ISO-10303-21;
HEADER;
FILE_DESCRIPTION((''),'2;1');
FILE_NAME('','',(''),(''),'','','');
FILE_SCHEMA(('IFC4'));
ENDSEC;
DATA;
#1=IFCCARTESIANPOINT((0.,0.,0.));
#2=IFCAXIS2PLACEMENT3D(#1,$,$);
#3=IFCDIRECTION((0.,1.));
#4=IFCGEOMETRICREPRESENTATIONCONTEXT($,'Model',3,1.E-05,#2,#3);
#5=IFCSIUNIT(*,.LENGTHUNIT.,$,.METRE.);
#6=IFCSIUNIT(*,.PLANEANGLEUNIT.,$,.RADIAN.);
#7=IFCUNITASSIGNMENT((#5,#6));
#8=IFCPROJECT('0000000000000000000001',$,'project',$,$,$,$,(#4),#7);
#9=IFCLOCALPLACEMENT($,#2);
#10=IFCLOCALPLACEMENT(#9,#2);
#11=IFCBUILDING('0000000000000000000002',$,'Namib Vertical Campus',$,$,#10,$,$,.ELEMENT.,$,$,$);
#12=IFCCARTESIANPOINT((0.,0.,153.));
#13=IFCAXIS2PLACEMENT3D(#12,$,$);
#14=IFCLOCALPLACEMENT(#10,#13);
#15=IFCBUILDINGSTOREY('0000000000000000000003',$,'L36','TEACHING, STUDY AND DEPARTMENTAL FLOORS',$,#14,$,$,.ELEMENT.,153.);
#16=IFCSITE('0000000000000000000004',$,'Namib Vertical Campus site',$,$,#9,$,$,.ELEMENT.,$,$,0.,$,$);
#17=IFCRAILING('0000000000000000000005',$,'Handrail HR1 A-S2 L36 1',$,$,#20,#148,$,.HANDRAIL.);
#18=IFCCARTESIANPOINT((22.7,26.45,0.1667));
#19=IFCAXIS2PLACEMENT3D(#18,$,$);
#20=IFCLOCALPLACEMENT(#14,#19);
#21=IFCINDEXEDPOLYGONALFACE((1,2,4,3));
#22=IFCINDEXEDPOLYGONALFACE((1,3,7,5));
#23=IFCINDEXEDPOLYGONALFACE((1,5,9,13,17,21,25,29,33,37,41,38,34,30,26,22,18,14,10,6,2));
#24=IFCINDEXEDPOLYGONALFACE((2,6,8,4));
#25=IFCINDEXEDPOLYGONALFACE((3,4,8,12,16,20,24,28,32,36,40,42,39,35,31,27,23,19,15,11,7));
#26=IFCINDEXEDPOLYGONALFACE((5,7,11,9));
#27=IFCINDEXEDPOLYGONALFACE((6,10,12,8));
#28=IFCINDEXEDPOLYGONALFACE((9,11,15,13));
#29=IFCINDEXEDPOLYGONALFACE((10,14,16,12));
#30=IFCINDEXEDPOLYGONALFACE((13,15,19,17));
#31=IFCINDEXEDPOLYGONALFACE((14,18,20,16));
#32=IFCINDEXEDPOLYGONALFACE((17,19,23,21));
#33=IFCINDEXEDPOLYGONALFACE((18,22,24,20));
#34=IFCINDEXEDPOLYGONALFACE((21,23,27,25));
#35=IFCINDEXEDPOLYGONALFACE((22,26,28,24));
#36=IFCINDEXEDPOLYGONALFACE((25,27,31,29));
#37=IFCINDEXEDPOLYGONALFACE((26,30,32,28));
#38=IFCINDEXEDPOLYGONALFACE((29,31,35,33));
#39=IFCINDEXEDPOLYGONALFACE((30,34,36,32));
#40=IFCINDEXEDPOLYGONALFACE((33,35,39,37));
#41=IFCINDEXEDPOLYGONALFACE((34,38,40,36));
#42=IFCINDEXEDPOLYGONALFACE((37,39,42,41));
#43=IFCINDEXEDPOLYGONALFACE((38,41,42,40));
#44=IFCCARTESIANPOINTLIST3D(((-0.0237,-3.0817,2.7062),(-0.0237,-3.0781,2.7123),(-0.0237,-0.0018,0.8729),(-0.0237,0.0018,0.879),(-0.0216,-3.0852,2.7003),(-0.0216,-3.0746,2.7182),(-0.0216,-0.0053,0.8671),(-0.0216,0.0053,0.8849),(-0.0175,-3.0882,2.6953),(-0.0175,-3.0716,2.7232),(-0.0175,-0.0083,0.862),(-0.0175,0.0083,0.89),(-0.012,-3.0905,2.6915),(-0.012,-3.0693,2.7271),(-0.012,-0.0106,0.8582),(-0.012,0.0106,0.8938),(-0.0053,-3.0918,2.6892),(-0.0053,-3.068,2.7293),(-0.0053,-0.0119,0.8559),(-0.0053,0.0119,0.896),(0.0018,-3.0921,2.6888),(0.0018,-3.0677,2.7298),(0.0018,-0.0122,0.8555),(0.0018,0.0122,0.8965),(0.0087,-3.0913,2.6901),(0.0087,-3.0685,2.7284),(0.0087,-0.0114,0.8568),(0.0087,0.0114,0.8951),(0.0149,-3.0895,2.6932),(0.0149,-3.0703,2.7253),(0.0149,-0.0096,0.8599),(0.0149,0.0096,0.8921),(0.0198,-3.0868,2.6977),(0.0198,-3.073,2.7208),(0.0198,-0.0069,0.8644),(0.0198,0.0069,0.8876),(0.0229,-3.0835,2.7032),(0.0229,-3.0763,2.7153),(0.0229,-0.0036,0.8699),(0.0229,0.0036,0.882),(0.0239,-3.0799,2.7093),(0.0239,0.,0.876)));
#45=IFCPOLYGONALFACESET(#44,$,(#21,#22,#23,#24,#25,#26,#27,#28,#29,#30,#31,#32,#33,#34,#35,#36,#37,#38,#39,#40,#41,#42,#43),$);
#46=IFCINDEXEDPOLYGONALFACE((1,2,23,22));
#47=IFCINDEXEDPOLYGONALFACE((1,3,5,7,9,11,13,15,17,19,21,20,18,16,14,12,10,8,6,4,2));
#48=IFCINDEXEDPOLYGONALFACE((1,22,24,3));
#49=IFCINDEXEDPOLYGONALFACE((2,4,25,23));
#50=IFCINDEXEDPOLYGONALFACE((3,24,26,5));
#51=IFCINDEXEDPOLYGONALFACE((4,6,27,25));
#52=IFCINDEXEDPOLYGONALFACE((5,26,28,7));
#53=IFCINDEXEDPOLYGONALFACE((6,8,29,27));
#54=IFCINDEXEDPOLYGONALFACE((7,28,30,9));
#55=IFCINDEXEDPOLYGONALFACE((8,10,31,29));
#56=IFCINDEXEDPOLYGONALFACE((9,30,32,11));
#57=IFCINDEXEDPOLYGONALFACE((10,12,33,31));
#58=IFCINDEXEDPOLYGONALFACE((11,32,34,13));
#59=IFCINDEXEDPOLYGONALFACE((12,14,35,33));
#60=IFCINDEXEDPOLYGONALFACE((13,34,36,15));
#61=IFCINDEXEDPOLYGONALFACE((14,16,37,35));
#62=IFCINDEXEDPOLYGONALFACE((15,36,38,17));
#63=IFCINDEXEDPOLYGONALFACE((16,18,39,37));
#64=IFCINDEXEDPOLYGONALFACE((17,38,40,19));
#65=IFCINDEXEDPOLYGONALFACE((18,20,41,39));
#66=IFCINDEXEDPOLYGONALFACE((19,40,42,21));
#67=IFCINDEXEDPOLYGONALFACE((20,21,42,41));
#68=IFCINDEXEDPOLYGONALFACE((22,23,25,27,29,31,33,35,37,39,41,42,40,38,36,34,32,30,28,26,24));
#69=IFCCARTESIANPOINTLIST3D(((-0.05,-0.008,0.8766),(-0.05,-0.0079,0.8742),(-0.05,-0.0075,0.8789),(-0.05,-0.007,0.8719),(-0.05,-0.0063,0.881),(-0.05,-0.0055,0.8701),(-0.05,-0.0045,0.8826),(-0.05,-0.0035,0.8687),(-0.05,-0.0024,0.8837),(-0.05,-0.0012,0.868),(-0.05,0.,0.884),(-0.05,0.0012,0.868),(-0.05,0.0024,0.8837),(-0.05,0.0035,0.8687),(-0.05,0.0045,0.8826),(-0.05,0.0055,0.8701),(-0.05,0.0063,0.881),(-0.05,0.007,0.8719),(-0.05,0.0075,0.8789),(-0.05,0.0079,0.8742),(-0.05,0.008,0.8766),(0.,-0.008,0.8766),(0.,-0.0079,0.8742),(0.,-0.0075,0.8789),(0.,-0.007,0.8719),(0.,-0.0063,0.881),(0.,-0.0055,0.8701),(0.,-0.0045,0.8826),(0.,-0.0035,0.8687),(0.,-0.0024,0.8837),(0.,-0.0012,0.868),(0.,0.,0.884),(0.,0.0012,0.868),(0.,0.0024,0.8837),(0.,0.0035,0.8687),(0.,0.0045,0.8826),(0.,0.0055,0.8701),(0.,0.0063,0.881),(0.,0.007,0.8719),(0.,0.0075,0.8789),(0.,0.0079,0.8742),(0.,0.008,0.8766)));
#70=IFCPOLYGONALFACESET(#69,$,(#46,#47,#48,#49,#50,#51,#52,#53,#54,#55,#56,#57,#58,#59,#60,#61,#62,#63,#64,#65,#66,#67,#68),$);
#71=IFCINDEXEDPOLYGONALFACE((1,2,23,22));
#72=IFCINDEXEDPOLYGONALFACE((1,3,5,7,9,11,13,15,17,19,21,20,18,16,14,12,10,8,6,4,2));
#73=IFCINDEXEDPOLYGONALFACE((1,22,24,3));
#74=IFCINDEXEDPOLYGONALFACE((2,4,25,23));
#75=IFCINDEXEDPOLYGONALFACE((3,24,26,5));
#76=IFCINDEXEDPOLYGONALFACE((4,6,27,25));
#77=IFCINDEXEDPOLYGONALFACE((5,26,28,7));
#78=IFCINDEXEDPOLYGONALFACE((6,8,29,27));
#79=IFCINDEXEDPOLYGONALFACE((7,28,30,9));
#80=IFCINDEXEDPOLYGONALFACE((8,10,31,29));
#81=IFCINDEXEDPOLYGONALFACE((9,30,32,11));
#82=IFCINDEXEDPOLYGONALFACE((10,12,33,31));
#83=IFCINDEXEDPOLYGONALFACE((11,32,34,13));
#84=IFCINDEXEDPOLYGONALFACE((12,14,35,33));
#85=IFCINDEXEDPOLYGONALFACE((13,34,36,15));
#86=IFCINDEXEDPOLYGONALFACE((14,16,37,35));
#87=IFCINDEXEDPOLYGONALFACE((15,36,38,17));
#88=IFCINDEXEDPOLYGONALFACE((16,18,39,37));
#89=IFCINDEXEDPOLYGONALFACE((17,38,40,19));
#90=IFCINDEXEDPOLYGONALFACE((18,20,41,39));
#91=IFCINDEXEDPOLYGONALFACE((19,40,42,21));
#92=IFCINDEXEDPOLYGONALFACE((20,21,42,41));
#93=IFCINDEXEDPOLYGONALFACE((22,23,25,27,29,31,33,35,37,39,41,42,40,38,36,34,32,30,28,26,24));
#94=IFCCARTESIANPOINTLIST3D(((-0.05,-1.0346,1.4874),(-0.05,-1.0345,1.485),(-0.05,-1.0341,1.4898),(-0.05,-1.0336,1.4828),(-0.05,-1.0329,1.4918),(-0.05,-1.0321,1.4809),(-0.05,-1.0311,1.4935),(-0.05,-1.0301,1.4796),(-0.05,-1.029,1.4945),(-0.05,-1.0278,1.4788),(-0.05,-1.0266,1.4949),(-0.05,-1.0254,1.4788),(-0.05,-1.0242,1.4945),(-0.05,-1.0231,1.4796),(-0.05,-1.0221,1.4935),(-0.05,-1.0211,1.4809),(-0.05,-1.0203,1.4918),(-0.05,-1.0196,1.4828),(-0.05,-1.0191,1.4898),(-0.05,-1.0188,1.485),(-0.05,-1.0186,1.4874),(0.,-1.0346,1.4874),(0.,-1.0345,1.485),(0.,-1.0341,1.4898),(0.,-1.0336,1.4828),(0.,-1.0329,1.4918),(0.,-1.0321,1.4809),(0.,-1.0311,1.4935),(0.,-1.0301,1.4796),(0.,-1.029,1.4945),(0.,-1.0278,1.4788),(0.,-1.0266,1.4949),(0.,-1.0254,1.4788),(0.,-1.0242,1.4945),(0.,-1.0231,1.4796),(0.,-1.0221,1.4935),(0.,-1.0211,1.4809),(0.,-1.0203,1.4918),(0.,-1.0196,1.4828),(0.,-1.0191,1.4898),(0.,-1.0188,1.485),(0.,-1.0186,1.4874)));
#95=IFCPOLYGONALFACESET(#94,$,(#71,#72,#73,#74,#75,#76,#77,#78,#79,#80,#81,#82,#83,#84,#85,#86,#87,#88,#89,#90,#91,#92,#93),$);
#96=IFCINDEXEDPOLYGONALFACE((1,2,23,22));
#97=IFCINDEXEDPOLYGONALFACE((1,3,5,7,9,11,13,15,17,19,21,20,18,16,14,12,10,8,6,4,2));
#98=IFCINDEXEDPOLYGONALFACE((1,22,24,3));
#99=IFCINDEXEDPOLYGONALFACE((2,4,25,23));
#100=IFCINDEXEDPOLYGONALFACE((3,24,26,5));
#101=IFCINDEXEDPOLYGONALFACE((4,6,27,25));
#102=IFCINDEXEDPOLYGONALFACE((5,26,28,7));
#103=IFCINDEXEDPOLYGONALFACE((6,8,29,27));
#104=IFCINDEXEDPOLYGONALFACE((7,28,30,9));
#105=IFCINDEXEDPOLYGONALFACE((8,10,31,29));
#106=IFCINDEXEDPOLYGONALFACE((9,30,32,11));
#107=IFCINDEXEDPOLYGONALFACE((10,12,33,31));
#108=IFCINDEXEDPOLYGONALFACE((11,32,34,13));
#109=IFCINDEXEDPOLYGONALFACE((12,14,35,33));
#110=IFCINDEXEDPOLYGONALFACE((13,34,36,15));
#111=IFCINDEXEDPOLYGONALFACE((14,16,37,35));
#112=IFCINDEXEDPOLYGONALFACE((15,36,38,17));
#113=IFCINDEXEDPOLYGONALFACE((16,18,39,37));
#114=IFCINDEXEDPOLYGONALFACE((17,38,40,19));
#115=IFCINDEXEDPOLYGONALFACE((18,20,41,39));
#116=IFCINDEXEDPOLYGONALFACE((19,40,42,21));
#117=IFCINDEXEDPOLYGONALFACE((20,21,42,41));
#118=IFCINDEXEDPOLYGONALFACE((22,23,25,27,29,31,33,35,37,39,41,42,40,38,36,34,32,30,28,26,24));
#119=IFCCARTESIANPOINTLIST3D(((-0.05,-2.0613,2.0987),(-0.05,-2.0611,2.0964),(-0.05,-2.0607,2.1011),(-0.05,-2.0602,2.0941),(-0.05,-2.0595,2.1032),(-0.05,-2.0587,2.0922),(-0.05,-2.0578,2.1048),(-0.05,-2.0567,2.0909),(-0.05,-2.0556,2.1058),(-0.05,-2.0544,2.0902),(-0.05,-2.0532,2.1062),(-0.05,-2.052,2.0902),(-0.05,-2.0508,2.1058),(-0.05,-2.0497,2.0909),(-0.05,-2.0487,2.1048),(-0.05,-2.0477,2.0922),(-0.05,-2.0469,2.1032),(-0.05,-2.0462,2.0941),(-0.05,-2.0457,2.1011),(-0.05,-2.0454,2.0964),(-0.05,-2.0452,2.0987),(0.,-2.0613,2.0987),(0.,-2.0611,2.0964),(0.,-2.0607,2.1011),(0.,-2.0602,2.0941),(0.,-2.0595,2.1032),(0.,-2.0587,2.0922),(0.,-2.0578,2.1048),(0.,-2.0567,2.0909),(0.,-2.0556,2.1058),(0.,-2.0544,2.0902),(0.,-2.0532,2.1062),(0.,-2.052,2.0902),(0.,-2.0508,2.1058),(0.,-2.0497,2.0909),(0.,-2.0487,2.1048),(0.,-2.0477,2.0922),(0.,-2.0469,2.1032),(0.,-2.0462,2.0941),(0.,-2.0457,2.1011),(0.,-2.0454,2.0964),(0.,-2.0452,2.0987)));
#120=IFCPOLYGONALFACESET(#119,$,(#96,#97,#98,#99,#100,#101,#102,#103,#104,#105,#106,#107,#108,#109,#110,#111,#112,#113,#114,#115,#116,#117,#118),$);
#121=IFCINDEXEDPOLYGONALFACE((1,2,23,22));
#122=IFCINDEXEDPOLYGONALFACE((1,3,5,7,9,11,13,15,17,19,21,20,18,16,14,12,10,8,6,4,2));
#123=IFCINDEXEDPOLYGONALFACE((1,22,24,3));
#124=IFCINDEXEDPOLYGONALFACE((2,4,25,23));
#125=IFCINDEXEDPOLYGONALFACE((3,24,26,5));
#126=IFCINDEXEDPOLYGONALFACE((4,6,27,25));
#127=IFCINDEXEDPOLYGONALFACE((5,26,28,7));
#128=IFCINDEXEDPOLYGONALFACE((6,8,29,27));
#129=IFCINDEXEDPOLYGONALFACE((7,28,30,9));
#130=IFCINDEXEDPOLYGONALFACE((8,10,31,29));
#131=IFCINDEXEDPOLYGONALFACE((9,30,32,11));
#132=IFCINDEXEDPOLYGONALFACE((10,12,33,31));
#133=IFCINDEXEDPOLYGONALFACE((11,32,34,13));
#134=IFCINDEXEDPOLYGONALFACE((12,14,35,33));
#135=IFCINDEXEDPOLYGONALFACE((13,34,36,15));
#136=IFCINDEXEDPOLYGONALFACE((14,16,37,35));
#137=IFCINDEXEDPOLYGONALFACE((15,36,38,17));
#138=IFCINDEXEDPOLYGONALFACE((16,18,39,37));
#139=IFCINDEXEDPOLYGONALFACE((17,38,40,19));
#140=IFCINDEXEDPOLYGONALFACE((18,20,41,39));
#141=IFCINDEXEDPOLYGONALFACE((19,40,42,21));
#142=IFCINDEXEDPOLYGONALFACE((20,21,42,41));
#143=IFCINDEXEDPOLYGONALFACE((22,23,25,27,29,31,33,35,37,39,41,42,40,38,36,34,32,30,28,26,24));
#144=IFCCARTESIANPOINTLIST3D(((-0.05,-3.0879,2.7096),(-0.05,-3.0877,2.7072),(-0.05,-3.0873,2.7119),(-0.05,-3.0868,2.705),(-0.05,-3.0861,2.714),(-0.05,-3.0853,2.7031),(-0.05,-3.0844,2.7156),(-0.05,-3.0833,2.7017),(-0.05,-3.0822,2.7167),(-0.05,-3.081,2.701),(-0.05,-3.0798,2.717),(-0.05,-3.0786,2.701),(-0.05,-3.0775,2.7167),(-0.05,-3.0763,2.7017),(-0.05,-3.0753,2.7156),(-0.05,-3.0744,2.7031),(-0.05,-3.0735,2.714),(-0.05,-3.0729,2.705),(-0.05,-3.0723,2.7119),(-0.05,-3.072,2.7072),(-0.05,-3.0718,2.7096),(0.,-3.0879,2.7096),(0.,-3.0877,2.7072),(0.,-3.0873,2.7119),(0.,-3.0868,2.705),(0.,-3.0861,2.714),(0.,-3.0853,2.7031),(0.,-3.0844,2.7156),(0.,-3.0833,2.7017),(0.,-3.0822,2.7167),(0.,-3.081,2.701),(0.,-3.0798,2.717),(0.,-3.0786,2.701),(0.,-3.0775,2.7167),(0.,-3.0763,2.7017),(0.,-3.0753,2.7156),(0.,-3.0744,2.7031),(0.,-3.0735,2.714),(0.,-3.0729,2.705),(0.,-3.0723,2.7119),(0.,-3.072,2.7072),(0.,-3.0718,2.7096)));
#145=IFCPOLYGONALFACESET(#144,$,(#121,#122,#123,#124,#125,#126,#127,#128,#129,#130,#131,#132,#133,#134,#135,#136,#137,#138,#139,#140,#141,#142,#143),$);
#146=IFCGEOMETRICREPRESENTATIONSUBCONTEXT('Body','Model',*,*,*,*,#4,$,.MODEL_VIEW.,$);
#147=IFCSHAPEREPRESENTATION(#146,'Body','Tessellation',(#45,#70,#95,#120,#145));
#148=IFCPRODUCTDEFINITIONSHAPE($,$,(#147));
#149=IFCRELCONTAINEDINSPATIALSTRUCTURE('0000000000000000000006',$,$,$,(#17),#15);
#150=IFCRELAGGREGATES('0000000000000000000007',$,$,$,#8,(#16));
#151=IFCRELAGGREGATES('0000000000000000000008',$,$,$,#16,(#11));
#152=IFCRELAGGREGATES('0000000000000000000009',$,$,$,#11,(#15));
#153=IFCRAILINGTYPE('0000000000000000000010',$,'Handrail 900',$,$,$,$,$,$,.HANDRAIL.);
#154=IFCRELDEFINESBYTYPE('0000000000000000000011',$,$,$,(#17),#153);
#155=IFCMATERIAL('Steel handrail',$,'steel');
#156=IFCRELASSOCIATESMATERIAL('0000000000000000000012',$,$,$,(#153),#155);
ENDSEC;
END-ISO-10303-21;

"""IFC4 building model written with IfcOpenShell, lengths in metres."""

from ifc_helpers import new_model, si_unit, direction, frame, origin, origin_2d, place, context, subcontext, project, spatial, circle, extrude, material, type_object, element, save


model = new_model("IFC4")

# Units and contexts
model_context = context("Model", 3, precision=1e-05, world=origin(), true_north=direction((0.0, 1.0)))
body_context = subcontext(model_context, "Body", "Model", "MODEL_VIEW")
ifc_project = project(units=[si_unit("LENGTHUNIT", "METRE"), si_unit("PLANEANGLEUNIT", "RADIAN")], contexts=[model_context])

# Site, building, storey
site_placement = place(None, origin())
site = spatial("IfcSite", under=ifc_project, at=site_placement, Name="Namib Vertical Campus site", CompositionType="ELEMENT", RefElevation=0.0)
building_placement = place(site_placement, origin())
building = spatial("IfcBuilding", under=site, at=building_placement, Name="Namib Vertical Campus", CompositionType="ELEMENT")
storey_placement = place(building_placement, frame((0.0, 0.0, 153.0)))
storey = spatial("IfcBuildingStorey", under=building, at=storey_placement, Name="L36", Description="TEACHING, STUDY AND DEPARTMENTAL FLOORS", CompositionType="ELEMENT", Elevation=153.0)

# Railing
ifc_material_1 = material(Name="Steel handrail", Category="steel")
railing_type_1 = type_object("IfcRailingType", Name="Handrail 900", PredefinedType="HANDRAIL", material=ifc_material_1)
railing_1_placement = place(storey_placement, frame((22.7, 26.45, 0.1667)))
element("IfcRailing", 1, at=railing_1_placement, inside=storey, type_object=railing_type_1, Name="Handrail HR1 A-S2 L36 1", PredefinedType="HANDRAIL", context=body_context, shape_type="SweptSolid", body=[
    extrude(circle(Radius=0.0239, at=origin_2d()), frame((0.0, 0.0, 0.876), z_axis=(0.0, -0.859291, 0.511487), x_axis=(1.0, 0.0, 0.0)), (0.0, 0.0, 1.0), 3.5842),
    extrude(circle(Radius=0.0081, at=origin_2d()), frame((0.0, 0.0, 0.876), z_axis=(-1.0, 0.0, 0.0), x_axis=(0.0, 0.0, 1.0)), (0.0, 0.0, 1.0), 0.05),
    extrude(circle(Radius=0.0081, at=origin_2d()), frame((0.0, -1.0266, 1.4868), z_axis=(-1.0, 0.0, 0.0), x_axis=(0.0, 0.0, 1.0)), (0.0, 0.0, 1.0), 0.05),
    extrude(circle(Radius=0.0081, at=origin_2d()), frame((0.0, -2.0532, 2.0981), z_axis=(-1.0, 0.0, 0.0), x_axis=(0.0, 0.0, 1.0)), (0.0, 0.0, 1.0), 0.05),
    extrude(circle(Radius=0.0081, at=origin_2d()), frame((0.0, -3.0798, 2.709), z_axis=(-1.0, 0.0, 0.0), x_axis=(0.0, 0.0, 1.0)), (0.0, 0.0, 1.0), 0.05),
])

save(model, "model.ifc")
